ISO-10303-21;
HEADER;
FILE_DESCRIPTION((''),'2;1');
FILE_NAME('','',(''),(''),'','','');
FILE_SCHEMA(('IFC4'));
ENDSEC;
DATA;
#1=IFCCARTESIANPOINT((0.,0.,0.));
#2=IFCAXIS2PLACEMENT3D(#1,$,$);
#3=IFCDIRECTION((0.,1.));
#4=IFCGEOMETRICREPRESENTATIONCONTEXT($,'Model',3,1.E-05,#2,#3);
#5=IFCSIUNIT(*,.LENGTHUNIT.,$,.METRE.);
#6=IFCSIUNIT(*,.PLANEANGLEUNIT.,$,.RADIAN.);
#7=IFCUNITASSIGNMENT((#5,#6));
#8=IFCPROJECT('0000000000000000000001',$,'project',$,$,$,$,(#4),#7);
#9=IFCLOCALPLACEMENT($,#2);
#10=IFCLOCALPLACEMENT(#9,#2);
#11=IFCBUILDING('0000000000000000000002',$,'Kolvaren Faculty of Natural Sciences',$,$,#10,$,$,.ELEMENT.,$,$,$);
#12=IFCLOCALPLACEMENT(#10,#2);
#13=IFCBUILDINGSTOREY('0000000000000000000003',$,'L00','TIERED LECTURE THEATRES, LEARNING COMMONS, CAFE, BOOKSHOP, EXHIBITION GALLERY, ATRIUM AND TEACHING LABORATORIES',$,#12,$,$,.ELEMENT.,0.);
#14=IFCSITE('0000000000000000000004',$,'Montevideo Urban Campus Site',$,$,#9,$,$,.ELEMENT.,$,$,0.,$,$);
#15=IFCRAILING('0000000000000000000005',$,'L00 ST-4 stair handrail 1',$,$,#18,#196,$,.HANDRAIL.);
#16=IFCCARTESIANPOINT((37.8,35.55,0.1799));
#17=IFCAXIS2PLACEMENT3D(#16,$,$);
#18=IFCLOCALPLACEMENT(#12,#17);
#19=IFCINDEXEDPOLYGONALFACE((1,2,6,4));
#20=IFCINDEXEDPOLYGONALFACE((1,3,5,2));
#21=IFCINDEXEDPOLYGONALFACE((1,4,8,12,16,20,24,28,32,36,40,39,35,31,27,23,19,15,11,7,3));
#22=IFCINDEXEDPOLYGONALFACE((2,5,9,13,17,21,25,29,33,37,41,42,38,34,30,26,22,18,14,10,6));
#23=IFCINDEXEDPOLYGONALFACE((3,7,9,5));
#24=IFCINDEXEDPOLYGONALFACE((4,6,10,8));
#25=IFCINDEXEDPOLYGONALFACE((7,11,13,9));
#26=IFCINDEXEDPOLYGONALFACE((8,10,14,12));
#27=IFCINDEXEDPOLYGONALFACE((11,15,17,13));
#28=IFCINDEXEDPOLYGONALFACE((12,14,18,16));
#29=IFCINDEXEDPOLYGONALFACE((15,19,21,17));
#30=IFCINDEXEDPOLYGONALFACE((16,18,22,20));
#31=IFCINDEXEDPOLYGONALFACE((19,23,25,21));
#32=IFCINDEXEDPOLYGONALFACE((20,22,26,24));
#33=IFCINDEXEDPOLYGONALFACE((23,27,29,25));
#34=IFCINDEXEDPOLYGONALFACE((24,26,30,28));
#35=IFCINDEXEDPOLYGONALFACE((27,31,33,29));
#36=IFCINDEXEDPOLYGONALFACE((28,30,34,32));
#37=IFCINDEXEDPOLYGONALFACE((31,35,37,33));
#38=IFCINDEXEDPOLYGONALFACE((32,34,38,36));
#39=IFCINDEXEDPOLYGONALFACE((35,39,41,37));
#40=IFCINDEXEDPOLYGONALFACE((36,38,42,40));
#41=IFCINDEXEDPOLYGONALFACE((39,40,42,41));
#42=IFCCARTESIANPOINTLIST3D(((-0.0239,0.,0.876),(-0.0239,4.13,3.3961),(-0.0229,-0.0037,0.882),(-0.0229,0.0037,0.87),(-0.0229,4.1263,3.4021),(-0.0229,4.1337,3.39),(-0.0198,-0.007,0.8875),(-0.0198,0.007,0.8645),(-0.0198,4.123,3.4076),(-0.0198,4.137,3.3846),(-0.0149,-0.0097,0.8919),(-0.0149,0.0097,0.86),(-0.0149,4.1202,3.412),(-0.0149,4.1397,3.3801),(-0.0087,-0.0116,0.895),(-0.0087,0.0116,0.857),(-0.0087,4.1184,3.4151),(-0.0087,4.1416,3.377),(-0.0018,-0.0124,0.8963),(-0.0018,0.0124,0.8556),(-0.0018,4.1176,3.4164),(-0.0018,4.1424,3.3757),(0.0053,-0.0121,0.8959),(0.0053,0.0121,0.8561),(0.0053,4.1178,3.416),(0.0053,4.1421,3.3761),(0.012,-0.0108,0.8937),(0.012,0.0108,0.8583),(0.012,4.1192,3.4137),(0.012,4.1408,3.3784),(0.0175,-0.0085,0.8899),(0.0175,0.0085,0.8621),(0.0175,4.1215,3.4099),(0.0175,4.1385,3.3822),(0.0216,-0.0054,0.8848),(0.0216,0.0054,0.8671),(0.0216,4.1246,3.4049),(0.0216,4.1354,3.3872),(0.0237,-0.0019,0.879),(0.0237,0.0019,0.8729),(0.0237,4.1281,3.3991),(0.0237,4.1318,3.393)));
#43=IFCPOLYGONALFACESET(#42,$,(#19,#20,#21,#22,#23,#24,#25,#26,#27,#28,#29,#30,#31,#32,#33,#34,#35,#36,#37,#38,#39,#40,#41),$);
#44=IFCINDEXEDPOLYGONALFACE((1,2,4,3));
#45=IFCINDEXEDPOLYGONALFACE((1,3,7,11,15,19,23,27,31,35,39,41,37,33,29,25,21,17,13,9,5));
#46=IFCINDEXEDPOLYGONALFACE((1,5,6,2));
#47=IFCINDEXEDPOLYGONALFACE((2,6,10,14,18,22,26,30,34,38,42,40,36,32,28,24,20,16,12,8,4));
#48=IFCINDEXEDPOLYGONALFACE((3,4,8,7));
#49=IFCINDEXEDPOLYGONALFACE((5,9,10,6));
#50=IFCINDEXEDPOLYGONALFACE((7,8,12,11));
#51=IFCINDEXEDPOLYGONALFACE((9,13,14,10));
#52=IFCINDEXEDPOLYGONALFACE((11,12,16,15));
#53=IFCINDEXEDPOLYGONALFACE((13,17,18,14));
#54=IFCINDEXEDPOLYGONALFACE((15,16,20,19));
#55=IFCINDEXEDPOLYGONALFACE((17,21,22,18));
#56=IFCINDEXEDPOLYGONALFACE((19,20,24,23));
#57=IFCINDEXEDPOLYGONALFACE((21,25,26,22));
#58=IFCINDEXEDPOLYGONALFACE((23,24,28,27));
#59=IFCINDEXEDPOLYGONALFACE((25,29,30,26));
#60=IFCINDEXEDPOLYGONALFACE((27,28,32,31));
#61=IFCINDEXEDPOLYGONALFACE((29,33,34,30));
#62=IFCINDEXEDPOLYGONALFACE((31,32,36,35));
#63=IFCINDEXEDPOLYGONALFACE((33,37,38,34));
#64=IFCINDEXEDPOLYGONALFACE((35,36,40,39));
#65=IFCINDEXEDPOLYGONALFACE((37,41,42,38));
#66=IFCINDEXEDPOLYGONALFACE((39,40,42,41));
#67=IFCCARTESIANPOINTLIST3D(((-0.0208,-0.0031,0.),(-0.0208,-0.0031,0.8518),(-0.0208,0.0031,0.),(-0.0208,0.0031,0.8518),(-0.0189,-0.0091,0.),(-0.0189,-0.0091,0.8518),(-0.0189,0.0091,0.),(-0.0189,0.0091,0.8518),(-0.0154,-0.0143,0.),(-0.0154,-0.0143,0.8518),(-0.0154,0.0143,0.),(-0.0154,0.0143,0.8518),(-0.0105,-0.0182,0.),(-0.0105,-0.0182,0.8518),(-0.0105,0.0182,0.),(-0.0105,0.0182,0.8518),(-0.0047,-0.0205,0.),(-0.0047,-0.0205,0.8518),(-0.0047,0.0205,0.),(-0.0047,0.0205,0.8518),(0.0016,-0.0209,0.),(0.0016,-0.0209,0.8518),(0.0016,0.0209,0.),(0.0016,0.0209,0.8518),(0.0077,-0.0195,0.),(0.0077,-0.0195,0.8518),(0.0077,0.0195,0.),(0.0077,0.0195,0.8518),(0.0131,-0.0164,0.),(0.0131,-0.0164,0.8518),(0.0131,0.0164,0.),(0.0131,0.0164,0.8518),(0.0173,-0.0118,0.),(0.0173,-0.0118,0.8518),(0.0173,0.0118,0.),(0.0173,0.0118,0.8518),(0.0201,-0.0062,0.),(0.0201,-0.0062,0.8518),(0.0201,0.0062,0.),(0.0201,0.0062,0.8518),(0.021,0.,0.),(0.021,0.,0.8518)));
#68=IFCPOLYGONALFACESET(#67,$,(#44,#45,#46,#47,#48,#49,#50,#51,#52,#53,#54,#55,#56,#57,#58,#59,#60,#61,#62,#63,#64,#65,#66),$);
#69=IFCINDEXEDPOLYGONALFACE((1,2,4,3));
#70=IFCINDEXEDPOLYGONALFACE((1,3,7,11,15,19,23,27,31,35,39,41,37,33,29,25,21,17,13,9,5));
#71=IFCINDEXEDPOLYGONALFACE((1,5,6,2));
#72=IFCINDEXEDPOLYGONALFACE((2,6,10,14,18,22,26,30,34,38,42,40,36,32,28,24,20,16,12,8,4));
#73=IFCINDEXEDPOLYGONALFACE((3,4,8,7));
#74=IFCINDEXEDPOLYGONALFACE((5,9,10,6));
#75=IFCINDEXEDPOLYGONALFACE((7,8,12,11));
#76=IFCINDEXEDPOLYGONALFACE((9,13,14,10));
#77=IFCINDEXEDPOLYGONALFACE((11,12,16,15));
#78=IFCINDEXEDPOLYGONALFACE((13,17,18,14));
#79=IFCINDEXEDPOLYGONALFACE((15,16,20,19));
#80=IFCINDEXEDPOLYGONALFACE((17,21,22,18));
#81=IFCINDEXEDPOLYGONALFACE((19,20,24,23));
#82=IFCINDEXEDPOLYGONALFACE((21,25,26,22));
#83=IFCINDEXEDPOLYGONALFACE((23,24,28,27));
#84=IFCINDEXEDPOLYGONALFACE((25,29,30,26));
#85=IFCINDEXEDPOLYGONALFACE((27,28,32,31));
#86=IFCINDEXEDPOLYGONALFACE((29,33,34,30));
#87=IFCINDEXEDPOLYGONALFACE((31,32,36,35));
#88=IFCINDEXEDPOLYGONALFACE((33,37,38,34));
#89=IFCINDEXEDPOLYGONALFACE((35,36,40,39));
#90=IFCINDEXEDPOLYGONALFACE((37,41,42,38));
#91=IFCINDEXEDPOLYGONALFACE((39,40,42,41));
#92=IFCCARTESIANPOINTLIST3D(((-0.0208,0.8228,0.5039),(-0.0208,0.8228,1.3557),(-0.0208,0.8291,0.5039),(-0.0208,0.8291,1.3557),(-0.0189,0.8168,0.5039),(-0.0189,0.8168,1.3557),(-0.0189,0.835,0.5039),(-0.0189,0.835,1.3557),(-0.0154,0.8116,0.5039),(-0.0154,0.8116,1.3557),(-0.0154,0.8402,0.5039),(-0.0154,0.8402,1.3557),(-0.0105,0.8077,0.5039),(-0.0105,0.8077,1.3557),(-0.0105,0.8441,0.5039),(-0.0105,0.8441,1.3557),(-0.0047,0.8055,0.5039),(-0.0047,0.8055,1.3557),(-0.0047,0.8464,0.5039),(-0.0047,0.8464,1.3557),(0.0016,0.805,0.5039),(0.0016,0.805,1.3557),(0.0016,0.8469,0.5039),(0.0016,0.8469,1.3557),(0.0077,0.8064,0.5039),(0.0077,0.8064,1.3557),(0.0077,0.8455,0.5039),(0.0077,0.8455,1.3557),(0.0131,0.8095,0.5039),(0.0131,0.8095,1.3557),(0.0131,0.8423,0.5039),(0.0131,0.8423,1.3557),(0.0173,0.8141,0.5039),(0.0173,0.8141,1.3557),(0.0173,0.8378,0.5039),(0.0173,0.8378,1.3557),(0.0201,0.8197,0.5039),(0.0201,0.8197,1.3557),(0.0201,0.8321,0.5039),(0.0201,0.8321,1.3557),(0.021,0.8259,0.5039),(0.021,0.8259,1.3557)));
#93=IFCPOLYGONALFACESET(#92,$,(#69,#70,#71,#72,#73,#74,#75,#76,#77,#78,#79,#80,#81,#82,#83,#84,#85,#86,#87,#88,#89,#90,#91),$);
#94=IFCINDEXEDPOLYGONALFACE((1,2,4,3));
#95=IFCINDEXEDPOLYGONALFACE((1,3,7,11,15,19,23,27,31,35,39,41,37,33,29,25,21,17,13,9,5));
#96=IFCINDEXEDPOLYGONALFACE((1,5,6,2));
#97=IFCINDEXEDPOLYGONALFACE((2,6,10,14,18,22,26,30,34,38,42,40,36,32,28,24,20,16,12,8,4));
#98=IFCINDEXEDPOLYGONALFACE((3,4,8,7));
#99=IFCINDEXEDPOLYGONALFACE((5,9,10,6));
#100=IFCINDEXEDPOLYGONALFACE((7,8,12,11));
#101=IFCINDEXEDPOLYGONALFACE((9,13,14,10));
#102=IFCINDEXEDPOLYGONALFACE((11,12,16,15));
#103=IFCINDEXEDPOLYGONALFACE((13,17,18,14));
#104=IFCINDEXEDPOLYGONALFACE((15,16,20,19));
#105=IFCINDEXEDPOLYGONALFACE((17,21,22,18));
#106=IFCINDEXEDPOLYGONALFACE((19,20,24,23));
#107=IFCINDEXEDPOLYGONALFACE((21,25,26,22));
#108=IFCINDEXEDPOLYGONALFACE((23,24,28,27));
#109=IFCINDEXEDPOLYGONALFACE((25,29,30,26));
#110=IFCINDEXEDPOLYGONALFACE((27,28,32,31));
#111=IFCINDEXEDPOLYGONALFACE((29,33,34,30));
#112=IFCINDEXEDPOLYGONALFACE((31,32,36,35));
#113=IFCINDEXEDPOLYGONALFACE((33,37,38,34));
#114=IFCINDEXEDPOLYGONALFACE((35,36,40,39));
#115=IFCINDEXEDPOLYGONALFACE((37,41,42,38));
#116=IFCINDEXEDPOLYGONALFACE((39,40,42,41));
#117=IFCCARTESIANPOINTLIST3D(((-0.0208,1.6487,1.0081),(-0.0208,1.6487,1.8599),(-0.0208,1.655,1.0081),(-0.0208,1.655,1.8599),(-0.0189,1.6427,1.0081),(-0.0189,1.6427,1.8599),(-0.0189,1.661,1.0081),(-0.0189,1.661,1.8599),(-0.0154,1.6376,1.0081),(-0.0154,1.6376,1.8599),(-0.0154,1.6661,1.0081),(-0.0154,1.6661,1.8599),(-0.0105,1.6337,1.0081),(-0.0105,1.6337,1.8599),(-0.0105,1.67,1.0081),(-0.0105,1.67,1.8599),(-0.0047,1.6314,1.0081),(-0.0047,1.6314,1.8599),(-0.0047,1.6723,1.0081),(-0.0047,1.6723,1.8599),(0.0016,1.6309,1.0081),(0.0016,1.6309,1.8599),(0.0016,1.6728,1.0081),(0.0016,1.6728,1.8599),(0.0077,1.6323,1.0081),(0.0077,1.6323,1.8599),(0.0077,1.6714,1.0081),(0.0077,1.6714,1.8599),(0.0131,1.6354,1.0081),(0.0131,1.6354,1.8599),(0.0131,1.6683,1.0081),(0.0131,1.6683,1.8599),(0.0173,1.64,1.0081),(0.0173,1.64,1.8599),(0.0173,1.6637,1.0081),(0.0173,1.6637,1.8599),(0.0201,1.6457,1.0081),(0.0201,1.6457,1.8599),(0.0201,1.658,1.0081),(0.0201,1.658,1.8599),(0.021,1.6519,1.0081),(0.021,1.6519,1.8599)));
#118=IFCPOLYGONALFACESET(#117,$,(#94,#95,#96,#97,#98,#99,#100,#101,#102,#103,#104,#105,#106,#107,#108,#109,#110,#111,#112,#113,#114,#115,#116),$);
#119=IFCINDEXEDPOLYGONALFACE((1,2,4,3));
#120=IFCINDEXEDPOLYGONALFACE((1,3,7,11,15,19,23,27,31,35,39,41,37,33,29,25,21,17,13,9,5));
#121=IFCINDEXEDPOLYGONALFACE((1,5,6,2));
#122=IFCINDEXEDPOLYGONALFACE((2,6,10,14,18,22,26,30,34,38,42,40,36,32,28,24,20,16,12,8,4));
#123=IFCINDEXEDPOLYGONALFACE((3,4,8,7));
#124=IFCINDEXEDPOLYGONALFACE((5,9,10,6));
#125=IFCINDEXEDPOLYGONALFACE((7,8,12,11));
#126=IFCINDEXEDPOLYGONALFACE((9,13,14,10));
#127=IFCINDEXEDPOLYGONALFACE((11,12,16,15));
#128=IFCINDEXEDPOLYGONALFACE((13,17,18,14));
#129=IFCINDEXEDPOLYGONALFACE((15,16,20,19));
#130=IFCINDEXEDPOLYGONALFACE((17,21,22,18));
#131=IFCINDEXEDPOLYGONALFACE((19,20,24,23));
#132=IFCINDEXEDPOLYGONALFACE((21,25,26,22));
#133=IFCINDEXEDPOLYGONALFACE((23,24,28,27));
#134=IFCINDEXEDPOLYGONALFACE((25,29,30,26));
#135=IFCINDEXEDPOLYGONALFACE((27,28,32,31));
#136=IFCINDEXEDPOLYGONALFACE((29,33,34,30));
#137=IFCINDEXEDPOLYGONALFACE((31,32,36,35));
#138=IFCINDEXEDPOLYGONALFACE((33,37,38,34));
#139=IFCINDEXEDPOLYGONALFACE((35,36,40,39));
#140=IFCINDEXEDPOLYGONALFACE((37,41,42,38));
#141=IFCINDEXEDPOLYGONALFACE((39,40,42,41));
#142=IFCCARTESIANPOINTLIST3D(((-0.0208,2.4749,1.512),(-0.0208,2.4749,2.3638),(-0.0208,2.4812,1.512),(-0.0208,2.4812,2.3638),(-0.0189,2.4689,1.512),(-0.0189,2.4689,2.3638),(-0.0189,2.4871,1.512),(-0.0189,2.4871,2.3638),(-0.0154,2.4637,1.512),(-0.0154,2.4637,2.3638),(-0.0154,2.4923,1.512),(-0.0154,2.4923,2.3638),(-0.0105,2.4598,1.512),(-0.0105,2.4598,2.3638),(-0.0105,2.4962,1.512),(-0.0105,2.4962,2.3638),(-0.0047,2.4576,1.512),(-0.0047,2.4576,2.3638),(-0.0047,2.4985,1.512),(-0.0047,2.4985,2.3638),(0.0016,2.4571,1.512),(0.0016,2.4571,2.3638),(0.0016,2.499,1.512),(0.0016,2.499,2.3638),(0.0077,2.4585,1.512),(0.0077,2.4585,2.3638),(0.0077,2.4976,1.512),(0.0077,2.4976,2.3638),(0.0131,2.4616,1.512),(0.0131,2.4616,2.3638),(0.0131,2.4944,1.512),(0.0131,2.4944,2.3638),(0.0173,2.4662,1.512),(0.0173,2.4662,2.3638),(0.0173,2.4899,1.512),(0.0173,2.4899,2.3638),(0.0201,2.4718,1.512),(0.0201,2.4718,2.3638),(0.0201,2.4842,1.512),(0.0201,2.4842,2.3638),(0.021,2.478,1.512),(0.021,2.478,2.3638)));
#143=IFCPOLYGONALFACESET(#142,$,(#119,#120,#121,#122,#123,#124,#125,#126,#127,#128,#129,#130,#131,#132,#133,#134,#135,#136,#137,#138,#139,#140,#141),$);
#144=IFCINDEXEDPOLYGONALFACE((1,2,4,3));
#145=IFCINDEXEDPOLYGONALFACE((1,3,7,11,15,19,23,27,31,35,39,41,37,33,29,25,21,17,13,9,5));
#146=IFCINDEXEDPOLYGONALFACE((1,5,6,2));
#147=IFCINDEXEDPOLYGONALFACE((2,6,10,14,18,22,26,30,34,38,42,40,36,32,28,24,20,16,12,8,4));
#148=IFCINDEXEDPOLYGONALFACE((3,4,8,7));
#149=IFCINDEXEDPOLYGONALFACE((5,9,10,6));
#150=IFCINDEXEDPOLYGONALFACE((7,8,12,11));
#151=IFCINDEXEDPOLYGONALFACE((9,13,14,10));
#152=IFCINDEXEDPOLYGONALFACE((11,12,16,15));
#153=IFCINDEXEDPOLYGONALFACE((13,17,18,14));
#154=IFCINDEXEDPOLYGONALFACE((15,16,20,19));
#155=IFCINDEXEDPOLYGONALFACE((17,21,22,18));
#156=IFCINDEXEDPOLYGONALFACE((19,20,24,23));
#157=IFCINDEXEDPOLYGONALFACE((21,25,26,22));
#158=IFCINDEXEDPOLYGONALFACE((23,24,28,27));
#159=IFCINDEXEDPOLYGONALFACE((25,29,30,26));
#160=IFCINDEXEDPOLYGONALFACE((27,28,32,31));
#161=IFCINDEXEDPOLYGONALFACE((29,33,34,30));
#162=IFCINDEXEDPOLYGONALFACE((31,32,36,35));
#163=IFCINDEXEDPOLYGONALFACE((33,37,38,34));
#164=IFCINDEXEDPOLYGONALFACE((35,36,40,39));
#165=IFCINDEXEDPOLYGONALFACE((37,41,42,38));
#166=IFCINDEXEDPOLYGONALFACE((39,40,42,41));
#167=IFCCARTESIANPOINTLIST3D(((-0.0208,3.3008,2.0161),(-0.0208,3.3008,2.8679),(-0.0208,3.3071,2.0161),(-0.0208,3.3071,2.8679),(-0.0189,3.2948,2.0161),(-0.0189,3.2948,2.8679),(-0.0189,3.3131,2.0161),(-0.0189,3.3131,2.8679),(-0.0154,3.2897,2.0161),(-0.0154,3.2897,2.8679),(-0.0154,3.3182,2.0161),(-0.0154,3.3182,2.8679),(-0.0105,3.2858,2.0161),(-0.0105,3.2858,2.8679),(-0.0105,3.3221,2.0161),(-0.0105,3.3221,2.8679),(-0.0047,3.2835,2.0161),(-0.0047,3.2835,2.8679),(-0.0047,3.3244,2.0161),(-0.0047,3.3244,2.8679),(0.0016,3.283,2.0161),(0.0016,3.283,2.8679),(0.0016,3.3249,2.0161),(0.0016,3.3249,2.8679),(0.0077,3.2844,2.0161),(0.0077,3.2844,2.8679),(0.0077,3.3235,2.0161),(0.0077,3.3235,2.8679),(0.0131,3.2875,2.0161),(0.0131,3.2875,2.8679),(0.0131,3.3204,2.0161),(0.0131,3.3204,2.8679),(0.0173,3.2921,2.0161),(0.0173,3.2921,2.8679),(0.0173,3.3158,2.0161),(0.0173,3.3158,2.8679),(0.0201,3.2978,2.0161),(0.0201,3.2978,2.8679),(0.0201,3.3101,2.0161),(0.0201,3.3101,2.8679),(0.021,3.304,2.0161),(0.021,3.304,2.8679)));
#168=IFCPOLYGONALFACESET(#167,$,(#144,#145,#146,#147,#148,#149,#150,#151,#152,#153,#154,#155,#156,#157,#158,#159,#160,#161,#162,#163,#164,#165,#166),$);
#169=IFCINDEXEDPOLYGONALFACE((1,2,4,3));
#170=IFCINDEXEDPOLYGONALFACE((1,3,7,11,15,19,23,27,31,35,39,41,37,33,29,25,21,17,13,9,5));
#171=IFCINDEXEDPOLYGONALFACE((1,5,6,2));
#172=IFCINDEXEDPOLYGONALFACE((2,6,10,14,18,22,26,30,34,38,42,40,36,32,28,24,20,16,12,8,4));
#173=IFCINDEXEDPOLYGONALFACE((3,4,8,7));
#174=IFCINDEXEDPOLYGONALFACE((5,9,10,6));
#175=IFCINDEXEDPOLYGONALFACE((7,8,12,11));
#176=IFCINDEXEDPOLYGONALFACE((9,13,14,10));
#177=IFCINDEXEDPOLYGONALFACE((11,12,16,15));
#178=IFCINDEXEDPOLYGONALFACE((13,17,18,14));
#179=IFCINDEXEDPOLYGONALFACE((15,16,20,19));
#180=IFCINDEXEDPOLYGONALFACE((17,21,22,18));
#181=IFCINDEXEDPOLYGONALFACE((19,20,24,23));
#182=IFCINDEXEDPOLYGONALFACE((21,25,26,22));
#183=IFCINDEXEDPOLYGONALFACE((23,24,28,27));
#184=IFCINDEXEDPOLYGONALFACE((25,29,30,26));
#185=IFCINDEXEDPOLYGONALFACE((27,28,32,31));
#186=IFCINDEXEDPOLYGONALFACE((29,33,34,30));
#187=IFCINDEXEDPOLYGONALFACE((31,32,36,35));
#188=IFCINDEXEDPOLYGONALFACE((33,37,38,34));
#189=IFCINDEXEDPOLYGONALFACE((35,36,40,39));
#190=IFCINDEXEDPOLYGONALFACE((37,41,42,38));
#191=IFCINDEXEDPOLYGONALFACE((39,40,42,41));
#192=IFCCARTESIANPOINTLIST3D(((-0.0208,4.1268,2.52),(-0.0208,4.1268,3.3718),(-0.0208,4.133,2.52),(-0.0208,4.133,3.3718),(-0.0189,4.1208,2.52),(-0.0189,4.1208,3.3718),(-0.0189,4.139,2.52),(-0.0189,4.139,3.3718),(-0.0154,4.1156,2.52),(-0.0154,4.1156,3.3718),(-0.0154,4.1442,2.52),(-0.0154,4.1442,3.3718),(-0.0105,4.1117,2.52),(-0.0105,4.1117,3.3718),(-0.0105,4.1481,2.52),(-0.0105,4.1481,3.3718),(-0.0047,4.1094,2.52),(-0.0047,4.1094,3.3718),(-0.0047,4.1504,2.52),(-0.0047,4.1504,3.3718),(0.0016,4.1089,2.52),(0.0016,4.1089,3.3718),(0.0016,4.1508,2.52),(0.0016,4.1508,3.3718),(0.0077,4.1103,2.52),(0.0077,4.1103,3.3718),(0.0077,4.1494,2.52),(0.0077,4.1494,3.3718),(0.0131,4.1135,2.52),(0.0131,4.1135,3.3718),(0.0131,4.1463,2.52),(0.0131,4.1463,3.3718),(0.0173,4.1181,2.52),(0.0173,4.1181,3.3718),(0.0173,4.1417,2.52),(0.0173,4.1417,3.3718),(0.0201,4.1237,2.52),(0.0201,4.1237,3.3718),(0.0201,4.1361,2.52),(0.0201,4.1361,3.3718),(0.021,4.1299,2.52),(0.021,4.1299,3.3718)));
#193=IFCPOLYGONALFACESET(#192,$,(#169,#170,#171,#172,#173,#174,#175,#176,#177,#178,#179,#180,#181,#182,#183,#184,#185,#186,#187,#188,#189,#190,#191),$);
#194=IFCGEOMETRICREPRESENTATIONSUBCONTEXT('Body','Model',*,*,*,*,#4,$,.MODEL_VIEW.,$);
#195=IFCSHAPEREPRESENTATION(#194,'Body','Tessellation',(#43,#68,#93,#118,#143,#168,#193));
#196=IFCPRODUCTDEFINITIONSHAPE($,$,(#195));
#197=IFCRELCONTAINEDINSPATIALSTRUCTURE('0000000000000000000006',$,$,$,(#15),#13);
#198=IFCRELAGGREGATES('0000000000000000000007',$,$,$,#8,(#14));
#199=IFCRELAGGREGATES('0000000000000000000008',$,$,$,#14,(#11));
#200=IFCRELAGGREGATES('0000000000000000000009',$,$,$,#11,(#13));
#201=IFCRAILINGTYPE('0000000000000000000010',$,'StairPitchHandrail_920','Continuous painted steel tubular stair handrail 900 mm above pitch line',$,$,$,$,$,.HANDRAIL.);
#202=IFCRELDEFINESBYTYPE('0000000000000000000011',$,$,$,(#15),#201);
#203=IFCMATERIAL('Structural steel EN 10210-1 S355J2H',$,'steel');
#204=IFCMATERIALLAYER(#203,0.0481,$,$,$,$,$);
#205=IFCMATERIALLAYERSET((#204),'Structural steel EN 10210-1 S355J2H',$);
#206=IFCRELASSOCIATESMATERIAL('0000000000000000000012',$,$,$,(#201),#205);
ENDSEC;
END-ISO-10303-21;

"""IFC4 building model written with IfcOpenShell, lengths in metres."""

from ifc_helpers import new_model, si_unit, direction, frame, origin, origin_2d, place, context, subcontext, project, spatial, circle, extrude, material, layer, layer_set, type_object, element, save


model = new_model("IFC4")

# Units and contexts
model_context = context("Model", 3, precision=1e-05, world=origin(), true_north=direction((0.0, 1.0)))
body_context = subcontext(model_context, "Body", "Model", "MODEL_VIEW")
ifc_project = project(units=[si_unit("LENGTHUNIT", "METRE"), si_unit("PLANEANGLEUNIT", "RADIAN")], contexts=[model_context])

# Site, building, storey
site_placement = place(None, origin())
site = spatial("IfcSite", under=ifc_project, at=site_placement, Name="Montevideo Urban Campus Site", CompositionType="ELEMENT", RefElevation=0.0)
building_placement = place(site_placement, origin())
building = spatial("IfcBuilding", under=site, at=building_placement, Name="Kolvaren Faculty of Natural Sciences", CompositionType="ELEMENT")
storey_placement = place(building_placement, origin())
storey = spatial("IfcBuildingStorey", under=building, at=storey_placement, Name="L00", Description="TIERED LECTURE THEATRES, LEARNING COMMONS, CAFE, BOOKSHOP, EXHIBITION GALLERY, ATRIUM AND TEACHING LABORATORIES", CompositionType="ELEMENT", Elevation=0.0)

# Railing
ifc_material_1 = material(Name="Structural steel EN 10210-1 S355J2H", Category="steel")
ifc_layer_1 = layer(ifc_material_1, 0.0481)
ifc_layer_set_1 = layer_set([ifc_layer_1], Name="Structural steel EN 10210-1 S355J2H")
railing_type_1 = type_object("IfcRailingType", Name="StairPitchHandrail_920", Description="Continuous painted steel tubular stair handrail 900 mm above pitch line", PredefinedType="HANDRAIL", material=ifc_layer_set_1)
railing_1_placement = place(storey_placement, frame((37.8, 35.55, 0.1799)))
element("IfcRailing", 1, at=railing_1_placement, inside=storey, type_object=railing_type_1, Name="L00 ST-4 stair handrail 1", PredefinedType="HANDRAIL", context=body_context, shape_type="SweptSolid", body=[
    extrude(circle(Radius=0.0239, at=origin_2d()), frame((0.0, 0.0, 0.876), z_axis=(0.0, 0.853631, 0.520878), x_axis=(-1.0, 0.0, 0.0)), (0.0, 0.0, 1.0), 4.8381),
    extrude(circle(Radius=0.021, at=origin_2d()), origin(), (0.0, 0.0, 1.0), 0.8518),
    extrude(circle(Radius=0.021, at=origin_2d()), frame((0.0, 0.8259, 0.5039)), (0.0, 0.0, 1.0), 0.8518),
    extrude(circle(Radius=0.021, at=origin_2d()), frame((0.0, 1.6519, 1.0081)), (0.0, 0.0, 1.0), 0.8518),
    extrude(circle(Radius=0.021, at=origin_2d()), frame((0.0, 2.478, 1.512)), (0.0, 0.0, 1.0), 0.8518),
    extrude(circle(Radius=0.021, at=origin_2d()), frame((0.0, 3.304, 2.0161)), (0.0, 0.0, 1.0), 0.8518),
    extrude(circle(Radius=0.021, at=origin_2d()), frame((0.0, 4.1299, 2.52)), (0.0, 0.0, 1.0), 0.8518),
])

save(model, "model.ifc")
